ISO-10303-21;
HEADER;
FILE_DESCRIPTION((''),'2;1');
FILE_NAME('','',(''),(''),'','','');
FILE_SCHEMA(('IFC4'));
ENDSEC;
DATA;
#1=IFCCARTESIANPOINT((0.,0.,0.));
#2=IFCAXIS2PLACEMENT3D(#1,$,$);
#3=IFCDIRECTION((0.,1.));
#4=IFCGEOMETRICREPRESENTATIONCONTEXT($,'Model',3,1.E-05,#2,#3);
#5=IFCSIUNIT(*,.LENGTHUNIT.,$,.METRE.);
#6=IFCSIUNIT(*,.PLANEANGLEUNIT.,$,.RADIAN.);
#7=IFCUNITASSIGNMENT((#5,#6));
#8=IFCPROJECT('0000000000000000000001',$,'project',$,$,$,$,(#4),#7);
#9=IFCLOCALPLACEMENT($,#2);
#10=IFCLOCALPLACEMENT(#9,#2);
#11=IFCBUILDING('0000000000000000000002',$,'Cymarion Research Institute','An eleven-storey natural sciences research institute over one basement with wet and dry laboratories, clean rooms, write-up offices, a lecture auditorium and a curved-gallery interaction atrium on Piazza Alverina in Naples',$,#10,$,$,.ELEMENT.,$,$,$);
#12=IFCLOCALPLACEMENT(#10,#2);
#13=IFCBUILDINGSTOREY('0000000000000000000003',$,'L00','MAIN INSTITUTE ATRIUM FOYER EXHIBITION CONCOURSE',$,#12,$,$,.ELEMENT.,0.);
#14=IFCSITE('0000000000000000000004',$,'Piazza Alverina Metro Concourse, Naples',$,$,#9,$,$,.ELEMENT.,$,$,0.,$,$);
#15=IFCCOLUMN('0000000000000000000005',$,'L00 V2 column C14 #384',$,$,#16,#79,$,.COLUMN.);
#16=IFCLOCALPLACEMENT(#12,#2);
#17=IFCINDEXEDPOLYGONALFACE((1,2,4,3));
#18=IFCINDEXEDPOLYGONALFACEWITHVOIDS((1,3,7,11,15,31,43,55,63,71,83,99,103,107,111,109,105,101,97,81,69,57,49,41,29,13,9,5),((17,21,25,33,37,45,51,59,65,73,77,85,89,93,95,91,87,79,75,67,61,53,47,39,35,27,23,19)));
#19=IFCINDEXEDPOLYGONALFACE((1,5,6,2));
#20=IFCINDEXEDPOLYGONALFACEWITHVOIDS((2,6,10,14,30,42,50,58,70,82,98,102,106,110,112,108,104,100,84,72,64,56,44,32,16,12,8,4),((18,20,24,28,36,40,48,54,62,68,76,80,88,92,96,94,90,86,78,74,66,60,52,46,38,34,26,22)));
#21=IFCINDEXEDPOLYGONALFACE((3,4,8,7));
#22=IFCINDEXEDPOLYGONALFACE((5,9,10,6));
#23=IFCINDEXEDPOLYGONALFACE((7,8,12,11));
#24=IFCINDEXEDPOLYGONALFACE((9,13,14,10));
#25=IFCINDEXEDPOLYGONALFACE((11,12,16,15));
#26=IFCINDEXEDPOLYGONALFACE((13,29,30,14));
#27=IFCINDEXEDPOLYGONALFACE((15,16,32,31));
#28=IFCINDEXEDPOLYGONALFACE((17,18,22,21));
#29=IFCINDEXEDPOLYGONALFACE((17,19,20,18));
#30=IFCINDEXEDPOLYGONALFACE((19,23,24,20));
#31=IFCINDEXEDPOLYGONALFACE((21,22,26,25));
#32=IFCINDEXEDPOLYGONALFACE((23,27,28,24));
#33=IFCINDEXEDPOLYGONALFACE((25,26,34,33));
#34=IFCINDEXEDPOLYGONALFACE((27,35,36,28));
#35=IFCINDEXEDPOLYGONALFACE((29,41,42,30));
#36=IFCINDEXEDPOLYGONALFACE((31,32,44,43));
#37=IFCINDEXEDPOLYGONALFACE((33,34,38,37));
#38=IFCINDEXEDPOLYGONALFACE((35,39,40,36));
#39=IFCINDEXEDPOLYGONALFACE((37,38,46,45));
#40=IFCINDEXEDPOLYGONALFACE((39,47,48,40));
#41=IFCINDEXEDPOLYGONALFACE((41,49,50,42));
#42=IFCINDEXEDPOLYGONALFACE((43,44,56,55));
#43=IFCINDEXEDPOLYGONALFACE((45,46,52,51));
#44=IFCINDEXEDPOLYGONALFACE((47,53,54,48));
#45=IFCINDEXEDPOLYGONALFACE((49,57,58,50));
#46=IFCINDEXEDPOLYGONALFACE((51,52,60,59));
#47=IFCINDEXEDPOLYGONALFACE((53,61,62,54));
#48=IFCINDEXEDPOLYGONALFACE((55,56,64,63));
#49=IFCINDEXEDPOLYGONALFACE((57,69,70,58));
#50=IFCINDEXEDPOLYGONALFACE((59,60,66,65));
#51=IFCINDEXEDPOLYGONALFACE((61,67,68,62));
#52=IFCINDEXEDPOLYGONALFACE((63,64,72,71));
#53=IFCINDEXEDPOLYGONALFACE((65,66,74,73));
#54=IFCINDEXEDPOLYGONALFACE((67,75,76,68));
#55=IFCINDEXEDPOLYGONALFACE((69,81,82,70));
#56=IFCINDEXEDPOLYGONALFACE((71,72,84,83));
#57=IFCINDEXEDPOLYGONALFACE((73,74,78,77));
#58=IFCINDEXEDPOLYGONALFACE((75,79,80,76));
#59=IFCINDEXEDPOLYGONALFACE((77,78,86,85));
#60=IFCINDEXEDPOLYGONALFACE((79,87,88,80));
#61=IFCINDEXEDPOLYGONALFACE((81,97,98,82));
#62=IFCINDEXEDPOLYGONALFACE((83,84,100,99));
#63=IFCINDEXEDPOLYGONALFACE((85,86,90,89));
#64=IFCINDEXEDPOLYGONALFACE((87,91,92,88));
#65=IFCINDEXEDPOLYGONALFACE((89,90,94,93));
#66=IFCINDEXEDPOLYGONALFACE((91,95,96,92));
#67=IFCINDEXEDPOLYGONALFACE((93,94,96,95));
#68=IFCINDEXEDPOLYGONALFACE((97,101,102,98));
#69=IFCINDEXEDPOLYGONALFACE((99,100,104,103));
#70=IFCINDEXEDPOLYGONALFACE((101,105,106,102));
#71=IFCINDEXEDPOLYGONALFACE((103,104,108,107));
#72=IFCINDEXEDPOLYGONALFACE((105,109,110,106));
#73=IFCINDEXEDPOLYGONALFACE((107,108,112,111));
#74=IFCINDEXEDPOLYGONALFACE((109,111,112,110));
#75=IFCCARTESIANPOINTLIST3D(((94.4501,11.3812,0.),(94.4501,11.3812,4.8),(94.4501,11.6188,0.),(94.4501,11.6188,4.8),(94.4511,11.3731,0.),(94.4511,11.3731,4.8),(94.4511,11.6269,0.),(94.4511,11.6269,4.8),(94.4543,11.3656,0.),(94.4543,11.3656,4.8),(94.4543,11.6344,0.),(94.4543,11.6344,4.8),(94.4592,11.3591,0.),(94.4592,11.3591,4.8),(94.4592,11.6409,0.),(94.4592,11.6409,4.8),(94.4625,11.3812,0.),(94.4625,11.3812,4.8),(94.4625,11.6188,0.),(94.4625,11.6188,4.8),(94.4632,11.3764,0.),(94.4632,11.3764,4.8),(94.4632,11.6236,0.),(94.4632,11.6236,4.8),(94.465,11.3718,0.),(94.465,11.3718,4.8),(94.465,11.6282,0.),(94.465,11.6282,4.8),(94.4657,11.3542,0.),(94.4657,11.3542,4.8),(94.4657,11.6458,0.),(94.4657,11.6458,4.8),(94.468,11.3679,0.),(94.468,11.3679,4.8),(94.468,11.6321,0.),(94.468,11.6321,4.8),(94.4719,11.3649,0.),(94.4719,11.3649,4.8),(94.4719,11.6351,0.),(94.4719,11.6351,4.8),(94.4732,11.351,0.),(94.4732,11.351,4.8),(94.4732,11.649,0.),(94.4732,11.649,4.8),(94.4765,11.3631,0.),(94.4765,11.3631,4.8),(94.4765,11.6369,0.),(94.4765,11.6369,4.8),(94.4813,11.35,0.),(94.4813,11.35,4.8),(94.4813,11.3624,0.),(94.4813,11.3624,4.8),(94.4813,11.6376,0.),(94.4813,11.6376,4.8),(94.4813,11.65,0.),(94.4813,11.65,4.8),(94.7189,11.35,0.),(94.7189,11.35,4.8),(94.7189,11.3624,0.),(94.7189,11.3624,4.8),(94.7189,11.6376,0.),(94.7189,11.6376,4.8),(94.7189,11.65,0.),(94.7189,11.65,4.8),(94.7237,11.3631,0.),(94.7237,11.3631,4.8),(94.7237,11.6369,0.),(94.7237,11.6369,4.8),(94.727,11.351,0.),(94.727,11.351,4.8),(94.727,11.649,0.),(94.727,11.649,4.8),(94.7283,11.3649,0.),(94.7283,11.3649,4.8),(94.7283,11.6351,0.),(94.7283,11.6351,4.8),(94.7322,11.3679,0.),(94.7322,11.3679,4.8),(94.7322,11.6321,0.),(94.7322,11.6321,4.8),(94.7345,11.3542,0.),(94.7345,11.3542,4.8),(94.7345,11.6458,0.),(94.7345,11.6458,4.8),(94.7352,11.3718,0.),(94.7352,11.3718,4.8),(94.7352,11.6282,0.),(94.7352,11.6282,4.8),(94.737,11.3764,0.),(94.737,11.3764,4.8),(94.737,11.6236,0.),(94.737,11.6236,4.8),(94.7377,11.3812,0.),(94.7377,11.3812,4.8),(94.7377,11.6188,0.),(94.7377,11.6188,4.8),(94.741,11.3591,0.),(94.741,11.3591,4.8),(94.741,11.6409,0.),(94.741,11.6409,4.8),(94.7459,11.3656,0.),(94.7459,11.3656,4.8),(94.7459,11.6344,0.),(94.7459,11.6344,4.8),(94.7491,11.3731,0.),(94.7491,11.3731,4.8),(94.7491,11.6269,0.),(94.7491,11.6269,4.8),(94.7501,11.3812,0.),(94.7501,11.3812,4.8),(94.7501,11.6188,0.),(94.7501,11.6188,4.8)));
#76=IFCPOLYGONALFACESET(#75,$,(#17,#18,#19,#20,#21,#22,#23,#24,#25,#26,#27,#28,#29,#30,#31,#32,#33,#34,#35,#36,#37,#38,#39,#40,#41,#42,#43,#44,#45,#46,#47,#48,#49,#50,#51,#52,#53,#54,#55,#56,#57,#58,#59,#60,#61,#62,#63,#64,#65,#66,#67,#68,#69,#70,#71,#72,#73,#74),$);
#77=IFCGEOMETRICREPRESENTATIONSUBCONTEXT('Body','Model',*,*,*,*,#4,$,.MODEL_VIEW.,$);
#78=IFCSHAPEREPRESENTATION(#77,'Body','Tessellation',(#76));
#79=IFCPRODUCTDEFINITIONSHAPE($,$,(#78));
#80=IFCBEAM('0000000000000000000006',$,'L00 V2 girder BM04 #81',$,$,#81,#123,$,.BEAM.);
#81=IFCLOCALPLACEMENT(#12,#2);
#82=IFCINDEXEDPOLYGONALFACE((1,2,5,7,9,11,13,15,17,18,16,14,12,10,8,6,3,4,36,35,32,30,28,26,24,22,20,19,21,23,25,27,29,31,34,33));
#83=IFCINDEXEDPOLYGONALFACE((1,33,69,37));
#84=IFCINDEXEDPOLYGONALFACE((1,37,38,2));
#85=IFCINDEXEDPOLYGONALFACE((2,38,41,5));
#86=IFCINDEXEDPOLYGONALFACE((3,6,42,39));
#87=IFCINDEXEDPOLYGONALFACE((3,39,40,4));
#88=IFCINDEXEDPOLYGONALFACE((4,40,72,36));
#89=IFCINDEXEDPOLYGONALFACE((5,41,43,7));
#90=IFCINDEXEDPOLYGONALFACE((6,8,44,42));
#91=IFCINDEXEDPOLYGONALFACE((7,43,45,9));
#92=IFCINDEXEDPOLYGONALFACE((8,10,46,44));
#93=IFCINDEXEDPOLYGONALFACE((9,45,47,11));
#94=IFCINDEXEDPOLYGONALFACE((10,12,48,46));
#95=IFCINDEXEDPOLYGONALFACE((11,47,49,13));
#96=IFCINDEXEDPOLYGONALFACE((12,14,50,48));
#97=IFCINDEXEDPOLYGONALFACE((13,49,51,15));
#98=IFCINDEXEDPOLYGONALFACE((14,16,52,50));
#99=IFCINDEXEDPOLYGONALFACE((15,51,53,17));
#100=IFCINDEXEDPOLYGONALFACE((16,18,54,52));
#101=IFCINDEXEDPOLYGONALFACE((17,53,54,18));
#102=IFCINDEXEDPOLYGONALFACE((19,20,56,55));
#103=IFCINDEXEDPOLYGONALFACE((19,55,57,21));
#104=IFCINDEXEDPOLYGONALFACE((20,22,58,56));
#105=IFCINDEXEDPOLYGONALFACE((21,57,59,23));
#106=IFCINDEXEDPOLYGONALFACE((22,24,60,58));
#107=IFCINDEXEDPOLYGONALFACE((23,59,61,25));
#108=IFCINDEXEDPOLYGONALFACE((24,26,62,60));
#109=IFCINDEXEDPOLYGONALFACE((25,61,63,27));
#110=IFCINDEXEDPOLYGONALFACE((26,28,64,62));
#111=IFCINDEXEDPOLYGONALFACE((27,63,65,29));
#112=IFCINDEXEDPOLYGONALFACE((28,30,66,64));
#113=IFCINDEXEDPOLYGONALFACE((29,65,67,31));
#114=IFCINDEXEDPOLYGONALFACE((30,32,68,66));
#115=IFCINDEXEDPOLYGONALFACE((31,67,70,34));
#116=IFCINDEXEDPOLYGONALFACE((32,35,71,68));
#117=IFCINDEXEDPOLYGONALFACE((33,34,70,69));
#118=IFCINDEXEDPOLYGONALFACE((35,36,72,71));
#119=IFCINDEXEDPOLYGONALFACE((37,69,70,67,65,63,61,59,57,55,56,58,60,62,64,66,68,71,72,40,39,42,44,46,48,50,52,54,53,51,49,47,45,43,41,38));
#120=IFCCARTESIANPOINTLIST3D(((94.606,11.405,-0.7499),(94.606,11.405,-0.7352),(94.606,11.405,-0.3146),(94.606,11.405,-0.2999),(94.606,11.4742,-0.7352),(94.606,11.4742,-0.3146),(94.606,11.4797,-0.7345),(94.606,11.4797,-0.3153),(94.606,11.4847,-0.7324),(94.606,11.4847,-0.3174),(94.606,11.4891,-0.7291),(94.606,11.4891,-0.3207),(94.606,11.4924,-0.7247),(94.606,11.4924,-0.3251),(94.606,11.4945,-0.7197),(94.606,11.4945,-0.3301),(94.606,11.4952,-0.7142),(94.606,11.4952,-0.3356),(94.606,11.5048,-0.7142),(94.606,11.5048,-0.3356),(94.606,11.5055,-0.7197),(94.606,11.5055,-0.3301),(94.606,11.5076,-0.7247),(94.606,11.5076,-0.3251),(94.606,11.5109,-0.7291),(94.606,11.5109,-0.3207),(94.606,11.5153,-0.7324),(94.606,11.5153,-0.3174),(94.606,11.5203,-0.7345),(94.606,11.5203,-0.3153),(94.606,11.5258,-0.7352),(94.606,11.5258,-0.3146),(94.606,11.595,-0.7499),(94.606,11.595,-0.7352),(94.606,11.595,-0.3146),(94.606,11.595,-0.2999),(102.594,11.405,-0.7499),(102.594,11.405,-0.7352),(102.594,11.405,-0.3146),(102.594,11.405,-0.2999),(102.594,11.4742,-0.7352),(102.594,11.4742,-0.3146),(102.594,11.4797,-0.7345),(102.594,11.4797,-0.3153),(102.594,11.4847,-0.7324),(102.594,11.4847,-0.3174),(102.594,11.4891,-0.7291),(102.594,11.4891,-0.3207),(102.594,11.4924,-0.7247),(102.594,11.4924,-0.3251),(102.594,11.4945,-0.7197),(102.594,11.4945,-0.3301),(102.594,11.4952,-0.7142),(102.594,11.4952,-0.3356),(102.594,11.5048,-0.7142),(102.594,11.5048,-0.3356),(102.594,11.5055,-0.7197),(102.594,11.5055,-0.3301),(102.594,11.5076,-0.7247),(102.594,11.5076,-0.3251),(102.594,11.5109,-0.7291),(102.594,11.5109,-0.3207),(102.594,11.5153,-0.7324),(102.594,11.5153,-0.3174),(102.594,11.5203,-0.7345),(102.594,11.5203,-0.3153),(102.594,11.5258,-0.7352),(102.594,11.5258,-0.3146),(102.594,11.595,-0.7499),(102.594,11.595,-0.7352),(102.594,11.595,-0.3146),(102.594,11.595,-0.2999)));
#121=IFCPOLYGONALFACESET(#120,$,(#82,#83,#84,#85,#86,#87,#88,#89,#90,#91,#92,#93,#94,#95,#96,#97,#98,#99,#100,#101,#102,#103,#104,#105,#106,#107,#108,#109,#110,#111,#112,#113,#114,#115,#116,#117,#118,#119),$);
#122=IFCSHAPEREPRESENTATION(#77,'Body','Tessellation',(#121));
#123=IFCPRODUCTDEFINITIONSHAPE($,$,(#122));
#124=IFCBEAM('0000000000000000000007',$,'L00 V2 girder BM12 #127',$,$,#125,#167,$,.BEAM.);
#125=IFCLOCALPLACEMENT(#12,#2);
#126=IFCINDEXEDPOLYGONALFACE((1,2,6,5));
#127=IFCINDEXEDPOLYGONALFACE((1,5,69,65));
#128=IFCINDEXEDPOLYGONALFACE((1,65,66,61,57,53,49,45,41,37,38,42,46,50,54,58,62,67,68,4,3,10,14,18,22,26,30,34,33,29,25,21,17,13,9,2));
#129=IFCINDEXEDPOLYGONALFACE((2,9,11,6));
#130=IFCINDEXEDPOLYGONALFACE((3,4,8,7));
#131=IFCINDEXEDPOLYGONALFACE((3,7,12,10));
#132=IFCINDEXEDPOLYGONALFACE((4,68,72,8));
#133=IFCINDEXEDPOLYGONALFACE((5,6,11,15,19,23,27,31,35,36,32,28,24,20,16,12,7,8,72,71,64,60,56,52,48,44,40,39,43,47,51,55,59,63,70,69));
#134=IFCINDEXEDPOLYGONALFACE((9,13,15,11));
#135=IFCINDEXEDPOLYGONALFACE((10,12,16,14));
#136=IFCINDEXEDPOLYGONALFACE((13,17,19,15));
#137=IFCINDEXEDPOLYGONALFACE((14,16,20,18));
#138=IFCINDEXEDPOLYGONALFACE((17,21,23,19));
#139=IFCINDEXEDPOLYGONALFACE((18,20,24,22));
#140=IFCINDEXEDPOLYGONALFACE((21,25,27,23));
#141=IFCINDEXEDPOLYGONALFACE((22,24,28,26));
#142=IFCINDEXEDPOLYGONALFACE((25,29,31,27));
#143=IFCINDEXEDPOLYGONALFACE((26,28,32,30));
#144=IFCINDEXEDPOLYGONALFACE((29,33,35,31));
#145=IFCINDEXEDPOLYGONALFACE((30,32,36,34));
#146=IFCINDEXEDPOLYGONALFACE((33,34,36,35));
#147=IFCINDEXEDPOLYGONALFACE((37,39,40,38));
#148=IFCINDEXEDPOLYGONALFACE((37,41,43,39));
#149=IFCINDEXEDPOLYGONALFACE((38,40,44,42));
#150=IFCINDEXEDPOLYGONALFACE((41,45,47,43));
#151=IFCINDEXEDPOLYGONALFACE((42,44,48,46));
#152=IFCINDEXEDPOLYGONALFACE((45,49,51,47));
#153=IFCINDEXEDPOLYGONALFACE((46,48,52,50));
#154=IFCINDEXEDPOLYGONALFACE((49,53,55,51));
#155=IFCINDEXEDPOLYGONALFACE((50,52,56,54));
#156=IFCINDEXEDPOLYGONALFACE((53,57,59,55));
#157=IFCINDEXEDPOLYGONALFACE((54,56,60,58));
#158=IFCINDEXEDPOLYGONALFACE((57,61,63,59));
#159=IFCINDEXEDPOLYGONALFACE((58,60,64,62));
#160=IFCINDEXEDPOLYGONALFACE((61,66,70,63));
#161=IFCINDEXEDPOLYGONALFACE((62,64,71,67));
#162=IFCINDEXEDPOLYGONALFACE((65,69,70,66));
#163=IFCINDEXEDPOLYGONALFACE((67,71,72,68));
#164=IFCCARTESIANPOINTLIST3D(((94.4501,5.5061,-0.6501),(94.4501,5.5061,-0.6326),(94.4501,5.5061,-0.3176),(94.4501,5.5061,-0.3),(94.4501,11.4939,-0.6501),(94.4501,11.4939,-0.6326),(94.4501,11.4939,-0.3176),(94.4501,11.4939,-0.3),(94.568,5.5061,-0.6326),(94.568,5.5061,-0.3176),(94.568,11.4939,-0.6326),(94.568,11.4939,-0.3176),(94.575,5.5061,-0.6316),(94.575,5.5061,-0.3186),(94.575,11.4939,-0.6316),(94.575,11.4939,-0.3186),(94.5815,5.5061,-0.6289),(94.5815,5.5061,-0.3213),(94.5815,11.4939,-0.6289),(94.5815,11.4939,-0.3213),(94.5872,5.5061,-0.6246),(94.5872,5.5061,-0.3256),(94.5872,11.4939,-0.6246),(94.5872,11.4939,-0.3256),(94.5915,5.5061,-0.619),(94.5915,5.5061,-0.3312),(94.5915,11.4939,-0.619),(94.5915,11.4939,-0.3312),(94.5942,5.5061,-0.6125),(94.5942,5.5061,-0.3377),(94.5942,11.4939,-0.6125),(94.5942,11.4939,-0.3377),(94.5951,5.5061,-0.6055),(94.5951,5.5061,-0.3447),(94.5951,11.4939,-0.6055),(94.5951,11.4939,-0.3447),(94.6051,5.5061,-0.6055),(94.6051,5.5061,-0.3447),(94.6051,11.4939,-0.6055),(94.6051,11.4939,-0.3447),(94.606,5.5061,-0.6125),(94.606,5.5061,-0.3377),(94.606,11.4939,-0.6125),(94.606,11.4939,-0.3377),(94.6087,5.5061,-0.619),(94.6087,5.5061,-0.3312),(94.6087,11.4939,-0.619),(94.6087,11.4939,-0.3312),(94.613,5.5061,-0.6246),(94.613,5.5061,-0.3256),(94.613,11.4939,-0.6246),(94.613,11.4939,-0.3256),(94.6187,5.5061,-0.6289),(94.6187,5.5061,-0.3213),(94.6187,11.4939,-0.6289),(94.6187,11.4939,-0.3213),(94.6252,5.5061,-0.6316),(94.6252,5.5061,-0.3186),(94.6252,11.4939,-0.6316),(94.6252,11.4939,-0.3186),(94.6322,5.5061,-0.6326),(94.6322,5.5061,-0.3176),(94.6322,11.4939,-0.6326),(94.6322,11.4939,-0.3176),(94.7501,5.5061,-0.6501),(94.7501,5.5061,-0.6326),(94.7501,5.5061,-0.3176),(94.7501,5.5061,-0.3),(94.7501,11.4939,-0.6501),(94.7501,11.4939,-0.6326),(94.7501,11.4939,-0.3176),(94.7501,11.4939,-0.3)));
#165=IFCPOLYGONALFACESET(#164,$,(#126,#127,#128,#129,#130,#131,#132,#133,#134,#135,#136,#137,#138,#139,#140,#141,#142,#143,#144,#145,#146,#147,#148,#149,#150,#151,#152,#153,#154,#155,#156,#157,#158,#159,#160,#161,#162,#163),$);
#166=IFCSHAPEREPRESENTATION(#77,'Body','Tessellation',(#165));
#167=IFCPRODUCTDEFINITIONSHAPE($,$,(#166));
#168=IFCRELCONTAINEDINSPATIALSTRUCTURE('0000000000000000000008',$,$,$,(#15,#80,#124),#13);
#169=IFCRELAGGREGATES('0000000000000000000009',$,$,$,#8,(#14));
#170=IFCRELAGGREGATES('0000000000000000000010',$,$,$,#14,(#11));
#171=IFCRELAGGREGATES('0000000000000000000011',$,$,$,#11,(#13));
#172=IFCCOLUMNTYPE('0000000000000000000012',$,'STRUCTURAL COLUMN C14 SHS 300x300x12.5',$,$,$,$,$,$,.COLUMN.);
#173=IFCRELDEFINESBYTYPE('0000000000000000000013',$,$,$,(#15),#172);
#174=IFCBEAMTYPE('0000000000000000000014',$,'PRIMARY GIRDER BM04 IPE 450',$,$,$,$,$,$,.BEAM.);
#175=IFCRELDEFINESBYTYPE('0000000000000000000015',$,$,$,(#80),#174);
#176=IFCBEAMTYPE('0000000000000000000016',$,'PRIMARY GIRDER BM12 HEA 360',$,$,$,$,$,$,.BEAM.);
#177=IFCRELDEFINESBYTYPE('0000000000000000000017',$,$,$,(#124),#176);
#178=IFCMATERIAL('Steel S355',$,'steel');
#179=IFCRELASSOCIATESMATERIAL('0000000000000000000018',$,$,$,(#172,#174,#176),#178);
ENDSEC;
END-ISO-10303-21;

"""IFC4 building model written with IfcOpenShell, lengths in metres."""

from ifc_helpers import new_model, si_unit, direction, frame, origin, origin_2d, place, context, subcontext, project, spatial, hollow_rectangle, i_section, extrude, material, material_profile, profile_set, type_object, element, save


model = new_model("IFC4")

# Units and contexts
model_context = context("Model", 3, precision=1e-05, world=origin(), true_north=direction((0.0, 1.0)))
body_context = subcontext(model_context, "Body", "Model", "MODEL_VIEW")
ifc_project = project(units=[si_unit("LENGTHUNIT", "METRE"), si_unit("PLANEANGLEUNIT", "RADIAN")], contexts=[model_context])

# Site, building, storey
site_placement = place(None, origin())
site = spatial("IfcSite", under=ifc_project, at=site_placement, Name="Piazza Alverina Metro Concourse, Naples", CompositionType="ELEMENT", RefElevation=0.0)
building_placement = place(site_placement, origin())
building = spatial("IfcBuilding", under=site, at=building_placement, Name="Cymarion Research Institute", Description="An eleven-storey natural sciences research institute over one basement with wet and dry laboratories, clean rooms, write-up offices, a lecture auditorium and a curved-gallery interaction atrium on Piazza Alverina in Naples", CompositionType="ELEMENT")
storey_placement = place(building_placement, origin())
storey = spatial("IfcBuildingStorey", under=building, at=storey_placement, Name="L00", Description="MAIN INSTITUTE ATRIUM FOYER EXHIBITION CONCOURSE", CompositionType="ELEMENT", Elevation=0.0)

# Column
ifc_material_1 = material(Name="Steel S355", Category="steel")
ifc_material_profile_1 = material_profile(ifc_material_1, hollow_rectangle(XDim=0.3, YDim=0.3, WallThickness=0.0125, InnerFilletRadius=0.0188, OuterFilletRadius=0.0312, at=origin_2d()), Name="SHS 300x300x12.5")
ifc_profile_set_1 = profile_set([ifc_material_profile_1], Name="Steel S355")
column_type_1 = type_object("IfcColumnType", Name="STRUCTURAL COLUMN C14 SHS 300x300x12.5", PredefinedType="COLUMN", material=ifc_profile_set_1)
column_placement = place(storey_placement, frame((94.6001, 11.5, 0.0), z_axis=(0.0, 0.0, 1.0), x_axis=(1.0, 0.0, 0.0)))
element("IfcColumn", 1, at=column_placement, inside=storey, type_object=column_type_1, Name="L00 V2 column C14 #384", PredefinedType="COLUMN", context=body_context, shape_type="SweptSolid", body=[
    extrude(hollow_rectangle(XDim=0.3, YDim=0.3, WallThickness=0.0125, InnerFilletRadius=0.0188, OuterFilletRadius=0.0312, at=origin_2d()), origin(), (0.0, 0.0, 1.0), 4.8),
])

# Beams
ifc_material_profile_2 = material_profile(ifc_material_1, i_section(OverallWidth=0.1899, OverallDepth=0.45, WebThickness=0.0095, FlangeThickness=0.0146, FilletRadius=0.021, at=origin_2d()), Name="IPE 450")
ifc_profile_set_2 = profile_set([ifc_material_profile_2], Name="Steel S355")
beam_type_1 = type_object("IfcBeamType", Name="PRIMARY GIRDER BM04 IPE 450", PredefinedType="BEAM", material=ifc_profile_set_2)
beam_placement = place(storey_placement, frame((94.606, 11.5, -0.5249), z_axis=(1.0, 0.0, 0.0), x_axis=(0.0, 1.0, 0.0)))
element("IfcBeam", 2, at=beam_placement, inside=storey, type_object=beam_type_1, Name="L00 V2 girder BM04 #81", PredefinedType="BEAM", context=body_context, shape_type="SweptSolid", body=[
    extrude(i_section(OverallWidth=0.1899, OverallDepth=0.45, WebThickness=0.0095, FlangeThickness=0.0146, FilletRadius=0.021, at=origin_2d()), origin(), (0.0, 0.0, 1.0), 7.988),
])
ifc_material_profile_3 = material_profile(ifc_material_1, i_section(OverallWidth=0.3, OverallDepth=0.3501, WebThickness=0.01, FlangeThickness=0.0176, FilletRadius=0.0271, at=origin_2d()), Name="HEA 360")
ifc_profile_set_3 = profile_set([ifc_material_profile_3], Name="Steel S355")
beam_type_2 = type_object("IfcBeamType", Name="PRIMARY GIRDER BM12 HEA 360", PredefinedType="BEAM", material=ifc_profile_set_3)
for number, where, z_axis, x_axis, name in (
    (3, (94.6001, 5.5061, -0.4751), (0.0, 1.0, 0.0), (-1.0, 0.0, 0.0), "L00 V2 girder BM12 #127"),
):
    element("IfcBeam", number, at=place(storey_placement, frame(where, z_axis=z_axis, x_axis=x_axis)), inside=storey, type_object=beam_type_2, Name=name, PredefinedType="BEAM", context=body_context, shape_type="SweptSolid", body=[
        extrude(i_section(OverallWidth=0.3, OverallDepth=0.3501, WebThickness=0.01, FlangeThickness=0.0176, FilletRadius=0.0271, at=origin_2d()), origin(), (0.0, 0.0, 1.0), 5.9878),
    ])

save(model, "model.ifc")
